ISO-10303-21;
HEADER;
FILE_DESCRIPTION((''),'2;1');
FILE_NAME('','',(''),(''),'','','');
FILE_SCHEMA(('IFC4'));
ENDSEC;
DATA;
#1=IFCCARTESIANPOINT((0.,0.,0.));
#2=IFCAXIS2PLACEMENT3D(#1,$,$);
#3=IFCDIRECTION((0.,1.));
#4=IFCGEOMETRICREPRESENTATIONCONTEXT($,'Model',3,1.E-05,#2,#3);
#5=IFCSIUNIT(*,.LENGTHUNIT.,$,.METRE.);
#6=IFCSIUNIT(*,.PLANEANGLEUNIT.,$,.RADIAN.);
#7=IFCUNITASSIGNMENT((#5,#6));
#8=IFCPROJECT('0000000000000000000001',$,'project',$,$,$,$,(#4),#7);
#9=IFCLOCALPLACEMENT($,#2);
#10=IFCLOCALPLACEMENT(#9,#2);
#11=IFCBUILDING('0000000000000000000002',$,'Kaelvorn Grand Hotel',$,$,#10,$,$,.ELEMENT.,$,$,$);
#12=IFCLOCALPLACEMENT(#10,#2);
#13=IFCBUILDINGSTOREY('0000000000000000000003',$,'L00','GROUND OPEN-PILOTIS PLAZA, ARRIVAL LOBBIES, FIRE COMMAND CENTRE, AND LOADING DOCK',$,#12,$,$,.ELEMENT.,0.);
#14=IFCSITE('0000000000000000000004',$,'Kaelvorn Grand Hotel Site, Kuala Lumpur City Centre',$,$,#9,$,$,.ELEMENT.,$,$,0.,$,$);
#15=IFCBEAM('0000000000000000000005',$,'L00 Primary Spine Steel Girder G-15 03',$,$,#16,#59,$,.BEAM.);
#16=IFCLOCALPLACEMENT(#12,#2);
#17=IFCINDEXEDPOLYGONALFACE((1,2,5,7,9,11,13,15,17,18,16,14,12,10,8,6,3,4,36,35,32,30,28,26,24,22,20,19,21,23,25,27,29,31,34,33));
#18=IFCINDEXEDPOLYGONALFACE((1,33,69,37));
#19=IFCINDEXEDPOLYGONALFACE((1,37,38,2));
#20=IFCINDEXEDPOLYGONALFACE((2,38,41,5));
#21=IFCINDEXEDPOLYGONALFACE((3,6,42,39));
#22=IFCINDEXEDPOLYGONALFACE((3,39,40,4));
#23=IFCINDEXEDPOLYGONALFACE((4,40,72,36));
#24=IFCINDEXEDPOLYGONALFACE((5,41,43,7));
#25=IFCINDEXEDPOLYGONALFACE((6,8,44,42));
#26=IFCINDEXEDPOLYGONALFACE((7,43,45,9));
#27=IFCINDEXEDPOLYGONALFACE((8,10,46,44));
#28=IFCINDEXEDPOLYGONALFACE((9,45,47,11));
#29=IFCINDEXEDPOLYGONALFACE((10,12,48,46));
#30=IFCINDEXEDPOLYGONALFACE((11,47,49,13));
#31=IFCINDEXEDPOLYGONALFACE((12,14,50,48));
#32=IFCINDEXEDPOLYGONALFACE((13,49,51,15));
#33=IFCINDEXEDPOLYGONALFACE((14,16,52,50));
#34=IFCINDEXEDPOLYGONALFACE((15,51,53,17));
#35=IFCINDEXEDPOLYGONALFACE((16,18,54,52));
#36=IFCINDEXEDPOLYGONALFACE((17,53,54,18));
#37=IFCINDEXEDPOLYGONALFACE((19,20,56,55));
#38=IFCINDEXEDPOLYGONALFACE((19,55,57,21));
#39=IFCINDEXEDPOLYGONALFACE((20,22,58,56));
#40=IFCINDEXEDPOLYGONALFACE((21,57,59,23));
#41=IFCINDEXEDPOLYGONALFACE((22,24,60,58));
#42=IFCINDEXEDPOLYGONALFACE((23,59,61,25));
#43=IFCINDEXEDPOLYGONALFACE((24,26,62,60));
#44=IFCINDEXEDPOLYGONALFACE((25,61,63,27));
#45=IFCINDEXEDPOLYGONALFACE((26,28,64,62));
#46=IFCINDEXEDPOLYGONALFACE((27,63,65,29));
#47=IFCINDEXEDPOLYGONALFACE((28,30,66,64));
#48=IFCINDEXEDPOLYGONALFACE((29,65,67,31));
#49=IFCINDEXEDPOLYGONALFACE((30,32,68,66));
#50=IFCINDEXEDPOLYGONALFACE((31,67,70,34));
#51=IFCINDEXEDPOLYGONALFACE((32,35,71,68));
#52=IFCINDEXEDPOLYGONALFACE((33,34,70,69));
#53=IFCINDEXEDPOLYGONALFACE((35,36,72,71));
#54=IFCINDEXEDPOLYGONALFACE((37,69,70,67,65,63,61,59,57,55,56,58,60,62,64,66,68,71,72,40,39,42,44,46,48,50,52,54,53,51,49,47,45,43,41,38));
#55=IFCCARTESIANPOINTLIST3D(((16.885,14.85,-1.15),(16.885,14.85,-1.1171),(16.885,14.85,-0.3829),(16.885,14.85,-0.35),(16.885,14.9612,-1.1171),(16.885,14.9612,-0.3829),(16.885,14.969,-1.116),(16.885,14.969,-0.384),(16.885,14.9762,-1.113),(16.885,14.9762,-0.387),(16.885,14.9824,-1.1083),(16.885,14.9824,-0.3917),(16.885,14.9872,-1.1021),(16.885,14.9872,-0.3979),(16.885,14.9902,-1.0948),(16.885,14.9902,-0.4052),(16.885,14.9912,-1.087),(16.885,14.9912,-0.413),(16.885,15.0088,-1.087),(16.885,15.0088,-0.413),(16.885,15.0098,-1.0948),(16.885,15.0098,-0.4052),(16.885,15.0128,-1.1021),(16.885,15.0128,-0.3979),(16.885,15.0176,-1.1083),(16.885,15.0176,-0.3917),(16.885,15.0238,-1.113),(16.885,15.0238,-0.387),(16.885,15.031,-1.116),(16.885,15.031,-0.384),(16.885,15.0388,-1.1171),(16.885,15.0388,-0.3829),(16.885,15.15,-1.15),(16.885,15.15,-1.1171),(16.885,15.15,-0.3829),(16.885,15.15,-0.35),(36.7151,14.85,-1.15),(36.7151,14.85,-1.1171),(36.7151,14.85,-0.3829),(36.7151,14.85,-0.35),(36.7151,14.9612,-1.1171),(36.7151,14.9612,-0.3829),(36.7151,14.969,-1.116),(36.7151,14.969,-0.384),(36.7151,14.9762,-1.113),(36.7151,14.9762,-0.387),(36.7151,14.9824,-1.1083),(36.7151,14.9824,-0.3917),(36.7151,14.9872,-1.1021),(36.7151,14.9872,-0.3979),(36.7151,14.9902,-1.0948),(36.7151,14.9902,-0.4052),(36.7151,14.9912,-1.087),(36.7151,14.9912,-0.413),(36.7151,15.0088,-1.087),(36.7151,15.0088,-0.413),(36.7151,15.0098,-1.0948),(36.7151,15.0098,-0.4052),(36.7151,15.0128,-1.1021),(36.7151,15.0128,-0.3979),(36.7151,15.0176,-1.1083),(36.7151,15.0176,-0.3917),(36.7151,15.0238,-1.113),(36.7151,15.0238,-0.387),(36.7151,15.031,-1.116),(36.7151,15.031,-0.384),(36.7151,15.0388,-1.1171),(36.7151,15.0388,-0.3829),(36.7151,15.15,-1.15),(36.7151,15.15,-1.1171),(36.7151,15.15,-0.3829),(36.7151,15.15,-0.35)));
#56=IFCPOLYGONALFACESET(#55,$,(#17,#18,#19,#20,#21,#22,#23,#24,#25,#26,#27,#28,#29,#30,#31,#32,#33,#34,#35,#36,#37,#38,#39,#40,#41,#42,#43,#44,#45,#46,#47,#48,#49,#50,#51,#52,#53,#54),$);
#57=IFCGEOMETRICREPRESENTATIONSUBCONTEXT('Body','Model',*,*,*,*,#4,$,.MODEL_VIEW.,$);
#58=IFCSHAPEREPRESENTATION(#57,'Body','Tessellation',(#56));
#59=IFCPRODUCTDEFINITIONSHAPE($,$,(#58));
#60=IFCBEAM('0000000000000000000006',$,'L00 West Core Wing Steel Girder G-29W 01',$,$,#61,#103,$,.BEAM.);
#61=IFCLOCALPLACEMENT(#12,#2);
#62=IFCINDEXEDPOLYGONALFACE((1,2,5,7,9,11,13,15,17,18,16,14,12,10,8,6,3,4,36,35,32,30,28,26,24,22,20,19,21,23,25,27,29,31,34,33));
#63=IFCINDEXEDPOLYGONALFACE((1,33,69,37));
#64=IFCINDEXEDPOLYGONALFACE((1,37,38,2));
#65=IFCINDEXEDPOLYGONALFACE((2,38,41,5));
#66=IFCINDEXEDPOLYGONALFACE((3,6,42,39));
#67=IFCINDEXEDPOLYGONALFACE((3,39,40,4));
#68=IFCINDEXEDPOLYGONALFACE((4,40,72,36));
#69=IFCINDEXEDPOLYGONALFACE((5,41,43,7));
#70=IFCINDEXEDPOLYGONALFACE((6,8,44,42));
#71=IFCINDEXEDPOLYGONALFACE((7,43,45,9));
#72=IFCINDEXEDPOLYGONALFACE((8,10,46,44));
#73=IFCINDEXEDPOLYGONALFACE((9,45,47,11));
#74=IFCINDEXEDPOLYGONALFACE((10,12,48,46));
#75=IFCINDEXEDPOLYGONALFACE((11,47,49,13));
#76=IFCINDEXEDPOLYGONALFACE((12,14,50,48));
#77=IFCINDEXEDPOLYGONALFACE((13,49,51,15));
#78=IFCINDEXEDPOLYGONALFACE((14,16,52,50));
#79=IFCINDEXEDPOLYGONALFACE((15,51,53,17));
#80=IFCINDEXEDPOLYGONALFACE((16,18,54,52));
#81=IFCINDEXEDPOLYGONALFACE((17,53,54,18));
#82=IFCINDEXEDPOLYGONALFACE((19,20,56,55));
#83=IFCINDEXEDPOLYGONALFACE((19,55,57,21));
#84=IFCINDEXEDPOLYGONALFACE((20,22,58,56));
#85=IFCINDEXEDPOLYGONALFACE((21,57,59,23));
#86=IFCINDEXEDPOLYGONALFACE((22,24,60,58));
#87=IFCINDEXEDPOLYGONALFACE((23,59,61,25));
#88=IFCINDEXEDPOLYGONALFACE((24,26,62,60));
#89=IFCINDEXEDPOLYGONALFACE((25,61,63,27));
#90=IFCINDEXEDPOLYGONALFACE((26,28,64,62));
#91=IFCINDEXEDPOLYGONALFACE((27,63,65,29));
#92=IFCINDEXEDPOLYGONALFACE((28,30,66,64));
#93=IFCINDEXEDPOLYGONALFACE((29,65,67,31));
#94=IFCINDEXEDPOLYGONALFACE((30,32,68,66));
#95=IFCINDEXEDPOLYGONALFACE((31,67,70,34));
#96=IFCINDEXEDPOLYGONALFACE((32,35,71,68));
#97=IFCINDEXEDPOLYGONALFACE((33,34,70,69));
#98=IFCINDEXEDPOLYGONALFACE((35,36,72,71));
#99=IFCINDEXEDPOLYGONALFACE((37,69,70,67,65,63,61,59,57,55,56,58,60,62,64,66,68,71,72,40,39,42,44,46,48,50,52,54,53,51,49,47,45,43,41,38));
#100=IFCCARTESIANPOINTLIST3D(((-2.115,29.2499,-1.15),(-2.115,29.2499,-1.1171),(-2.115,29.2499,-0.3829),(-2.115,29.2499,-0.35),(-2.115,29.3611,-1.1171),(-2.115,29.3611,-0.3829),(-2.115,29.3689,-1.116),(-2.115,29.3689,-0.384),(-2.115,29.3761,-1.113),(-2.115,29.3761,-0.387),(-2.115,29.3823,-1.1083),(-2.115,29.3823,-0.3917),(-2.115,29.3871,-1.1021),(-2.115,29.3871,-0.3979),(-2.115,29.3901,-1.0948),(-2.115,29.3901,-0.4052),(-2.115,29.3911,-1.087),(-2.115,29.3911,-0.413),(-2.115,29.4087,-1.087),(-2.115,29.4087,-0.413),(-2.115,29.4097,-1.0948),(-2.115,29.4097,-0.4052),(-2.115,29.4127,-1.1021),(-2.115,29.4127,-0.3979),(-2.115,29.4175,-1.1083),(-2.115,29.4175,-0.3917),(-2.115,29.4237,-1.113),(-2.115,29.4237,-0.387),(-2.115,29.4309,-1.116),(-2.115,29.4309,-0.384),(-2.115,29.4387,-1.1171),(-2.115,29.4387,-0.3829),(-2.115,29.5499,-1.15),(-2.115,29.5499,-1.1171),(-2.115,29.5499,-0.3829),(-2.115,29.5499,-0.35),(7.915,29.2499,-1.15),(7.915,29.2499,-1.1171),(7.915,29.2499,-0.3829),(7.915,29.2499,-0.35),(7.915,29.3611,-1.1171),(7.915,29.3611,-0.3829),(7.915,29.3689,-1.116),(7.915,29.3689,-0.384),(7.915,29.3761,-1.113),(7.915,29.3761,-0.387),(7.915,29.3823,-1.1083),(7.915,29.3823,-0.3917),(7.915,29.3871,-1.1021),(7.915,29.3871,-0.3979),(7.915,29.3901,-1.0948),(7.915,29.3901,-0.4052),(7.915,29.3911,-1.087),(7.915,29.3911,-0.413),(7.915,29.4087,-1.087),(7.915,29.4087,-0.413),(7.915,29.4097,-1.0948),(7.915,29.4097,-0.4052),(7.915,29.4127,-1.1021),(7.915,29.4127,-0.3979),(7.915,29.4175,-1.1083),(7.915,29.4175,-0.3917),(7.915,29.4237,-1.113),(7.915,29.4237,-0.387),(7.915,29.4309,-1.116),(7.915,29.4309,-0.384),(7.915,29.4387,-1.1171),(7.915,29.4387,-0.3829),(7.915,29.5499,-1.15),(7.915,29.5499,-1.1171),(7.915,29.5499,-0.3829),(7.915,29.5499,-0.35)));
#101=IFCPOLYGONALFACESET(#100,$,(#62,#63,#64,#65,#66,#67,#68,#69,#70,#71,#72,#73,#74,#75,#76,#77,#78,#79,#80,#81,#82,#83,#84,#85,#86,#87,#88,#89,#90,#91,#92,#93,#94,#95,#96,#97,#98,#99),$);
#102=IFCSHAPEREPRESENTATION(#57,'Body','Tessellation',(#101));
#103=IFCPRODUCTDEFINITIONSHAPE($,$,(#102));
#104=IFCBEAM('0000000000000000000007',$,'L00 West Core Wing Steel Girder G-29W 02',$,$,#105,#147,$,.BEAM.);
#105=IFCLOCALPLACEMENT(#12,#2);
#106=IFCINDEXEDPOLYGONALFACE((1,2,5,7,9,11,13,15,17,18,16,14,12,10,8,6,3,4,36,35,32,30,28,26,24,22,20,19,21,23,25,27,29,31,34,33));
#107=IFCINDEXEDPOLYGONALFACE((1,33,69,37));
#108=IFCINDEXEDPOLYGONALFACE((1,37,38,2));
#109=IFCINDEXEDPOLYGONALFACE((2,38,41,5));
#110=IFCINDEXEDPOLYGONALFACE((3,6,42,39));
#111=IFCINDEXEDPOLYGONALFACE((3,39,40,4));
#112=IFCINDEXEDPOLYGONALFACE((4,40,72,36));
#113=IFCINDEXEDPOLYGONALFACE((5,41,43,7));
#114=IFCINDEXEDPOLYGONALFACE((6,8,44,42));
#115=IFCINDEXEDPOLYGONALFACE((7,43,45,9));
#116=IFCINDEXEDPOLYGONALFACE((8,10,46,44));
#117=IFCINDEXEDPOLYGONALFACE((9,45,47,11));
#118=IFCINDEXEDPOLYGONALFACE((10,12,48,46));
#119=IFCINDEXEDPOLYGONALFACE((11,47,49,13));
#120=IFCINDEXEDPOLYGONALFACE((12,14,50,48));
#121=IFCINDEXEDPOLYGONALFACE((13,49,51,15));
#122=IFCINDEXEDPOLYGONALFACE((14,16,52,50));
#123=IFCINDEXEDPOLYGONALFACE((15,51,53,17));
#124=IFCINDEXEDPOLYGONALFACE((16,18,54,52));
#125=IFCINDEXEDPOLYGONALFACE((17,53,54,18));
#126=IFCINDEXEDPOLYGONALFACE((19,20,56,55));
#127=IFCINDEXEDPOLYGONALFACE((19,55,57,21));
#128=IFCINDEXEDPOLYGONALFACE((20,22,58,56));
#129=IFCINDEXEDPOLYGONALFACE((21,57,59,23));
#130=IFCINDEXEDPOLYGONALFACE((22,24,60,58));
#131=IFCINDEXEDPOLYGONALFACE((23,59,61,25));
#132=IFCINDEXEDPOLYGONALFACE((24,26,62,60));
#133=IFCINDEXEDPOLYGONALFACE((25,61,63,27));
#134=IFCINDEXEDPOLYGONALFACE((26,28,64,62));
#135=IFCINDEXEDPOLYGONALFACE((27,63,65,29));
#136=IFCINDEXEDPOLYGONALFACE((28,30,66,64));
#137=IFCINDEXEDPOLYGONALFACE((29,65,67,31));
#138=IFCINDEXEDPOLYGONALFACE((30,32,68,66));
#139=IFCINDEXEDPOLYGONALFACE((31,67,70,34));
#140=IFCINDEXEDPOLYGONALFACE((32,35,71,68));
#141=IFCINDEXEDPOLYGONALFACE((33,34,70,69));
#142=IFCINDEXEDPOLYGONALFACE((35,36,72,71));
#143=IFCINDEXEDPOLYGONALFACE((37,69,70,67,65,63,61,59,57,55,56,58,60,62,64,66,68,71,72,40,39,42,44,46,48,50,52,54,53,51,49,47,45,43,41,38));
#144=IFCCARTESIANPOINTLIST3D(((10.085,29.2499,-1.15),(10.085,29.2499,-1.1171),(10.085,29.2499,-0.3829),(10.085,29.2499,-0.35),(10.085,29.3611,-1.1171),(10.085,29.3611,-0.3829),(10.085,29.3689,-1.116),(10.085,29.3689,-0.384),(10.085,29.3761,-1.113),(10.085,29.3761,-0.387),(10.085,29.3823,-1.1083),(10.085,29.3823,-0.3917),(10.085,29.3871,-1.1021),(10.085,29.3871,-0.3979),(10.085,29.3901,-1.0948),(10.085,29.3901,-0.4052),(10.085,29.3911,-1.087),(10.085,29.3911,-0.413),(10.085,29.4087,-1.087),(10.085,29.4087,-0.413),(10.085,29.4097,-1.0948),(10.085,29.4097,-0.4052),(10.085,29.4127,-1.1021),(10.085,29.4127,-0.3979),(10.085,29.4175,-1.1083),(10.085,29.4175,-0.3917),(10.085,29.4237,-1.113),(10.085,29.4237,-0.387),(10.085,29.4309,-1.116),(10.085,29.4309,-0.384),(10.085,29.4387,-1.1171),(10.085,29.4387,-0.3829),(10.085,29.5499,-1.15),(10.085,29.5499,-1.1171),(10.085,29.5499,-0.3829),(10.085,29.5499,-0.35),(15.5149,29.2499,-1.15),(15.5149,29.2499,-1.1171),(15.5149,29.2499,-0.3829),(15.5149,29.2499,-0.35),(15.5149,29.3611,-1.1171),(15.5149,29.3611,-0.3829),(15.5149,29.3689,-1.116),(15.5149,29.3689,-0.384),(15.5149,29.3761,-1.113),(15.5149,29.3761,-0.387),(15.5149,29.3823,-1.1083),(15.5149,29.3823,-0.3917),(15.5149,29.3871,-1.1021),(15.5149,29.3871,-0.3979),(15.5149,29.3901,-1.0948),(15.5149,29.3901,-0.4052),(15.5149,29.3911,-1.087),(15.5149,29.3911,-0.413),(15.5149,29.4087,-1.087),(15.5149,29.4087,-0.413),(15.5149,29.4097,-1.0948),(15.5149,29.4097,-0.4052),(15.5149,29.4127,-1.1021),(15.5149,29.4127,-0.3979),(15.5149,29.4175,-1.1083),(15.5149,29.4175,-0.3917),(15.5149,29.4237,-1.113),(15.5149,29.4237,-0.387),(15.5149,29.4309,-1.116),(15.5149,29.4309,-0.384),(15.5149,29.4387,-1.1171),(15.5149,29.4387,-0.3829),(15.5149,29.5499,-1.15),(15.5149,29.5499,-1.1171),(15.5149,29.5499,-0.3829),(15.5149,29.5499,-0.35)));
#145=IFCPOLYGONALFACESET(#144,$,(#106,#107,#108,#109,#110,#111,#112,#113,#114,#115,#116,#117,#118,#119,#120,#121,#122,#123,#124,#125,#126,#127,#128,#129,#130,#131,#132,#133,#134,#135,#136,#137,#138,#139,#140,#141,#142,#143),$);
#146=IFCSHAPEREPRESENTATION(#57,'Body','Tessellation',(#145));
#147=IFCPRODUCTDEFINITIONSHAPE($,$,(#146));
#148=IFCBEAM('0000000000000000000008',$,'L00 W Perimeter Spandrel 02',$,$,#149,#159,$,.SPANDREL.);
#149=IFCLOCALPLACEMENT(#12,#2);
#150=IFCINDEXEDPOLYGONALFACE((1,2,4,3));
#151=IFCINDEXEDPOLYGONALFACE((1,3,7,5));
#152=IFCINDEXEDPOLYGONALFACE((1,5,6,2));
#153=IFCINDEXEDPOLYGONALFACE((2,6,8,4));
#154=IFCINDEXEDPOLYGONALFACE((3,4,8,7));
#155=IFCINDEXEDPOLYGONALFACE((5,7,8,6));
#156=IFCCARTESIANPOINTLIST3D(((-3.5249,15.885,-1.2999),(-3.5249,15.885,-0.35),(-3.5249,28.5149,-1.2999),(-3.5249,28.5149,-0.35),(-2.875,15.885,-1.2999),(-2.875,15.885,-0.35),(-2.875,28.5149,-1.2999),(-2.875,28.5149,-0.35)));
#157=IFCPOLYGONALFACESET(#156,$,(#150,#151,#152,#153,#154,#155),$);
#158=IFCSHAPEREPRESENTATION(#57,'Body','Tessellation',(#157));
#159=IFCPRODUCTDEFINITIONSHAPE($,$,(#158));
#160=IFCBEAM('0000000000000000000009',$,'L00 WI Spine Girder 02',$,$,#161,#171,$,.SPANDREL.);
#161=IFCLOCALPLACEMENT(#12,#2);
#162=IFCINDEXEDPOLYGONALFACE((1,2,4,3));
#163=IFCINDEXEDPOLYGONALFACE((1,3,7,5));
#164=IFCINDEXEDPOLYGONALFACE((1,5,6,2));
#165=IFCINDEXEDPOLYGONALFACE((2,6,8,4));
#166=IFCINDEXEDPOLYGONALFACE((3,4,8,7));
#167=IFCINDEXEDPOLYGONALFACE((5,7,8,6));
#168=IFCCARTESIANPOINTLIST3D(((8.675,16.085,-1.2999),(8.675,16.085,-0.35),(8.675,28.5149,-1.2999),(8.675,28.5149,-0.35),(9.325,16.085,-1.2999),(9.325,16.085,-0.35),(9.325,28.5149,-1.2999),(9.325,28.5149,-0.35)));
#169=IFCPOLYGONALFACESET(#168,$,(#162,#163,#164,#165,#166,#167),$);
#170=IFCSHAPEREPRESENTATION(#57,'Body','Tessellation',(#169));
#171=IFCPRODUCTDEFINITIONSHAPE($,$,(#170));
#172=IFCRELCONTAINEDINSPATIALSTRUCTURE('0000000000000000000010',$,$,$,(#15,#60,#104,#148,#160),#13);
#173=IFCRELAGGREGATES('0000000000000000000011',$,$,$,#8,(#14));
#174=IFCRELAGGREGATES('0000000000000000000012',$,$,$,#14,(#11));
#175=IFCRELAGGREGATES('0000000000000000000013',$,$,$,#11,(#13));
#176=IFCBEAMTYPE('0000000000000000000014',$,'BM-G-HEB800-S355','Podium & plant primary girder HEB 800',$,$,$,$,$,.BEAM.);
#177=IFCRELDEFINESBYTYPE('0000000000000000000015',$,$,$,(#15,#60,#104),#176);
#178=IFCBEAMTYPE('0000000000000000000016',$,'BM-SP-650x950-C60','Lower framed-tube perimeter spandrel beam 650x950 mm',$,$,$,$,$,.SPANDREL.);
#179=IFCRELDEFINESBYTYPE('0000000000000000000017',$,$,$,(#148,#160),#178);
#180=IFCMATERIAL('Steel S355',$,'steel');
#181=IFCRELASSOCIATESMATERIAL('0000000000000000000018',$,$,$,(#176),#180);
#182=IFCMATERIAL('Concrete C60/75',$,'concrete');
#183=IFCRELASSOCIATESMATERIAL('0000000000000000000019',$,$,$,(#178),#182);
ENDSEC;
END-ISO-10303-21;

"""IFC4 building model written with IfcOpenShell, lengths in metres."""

from ifc_helpers import new_model, si_unit, direction, frame, origin, origin_2d, place, context, subcontext, project, spatial, rectangle, i_section, extrude, material, material_profile, profile_set, type_object, element, save


model = new_model("IFC4")

# Units and contexts
model_context = context("Model", 3, precision=1e-05, world=origin(), true_north=direction((0.0, 1.0)))
body_context = subcontext(model_context, "Body", "Model", "MODEL_VIEW")
ifc_project = project(units=[si_unit("LENGTHUNIT", "METRE"), si_unit("PLANEANGLEUNIT", "RADIAN")], contexts=[model_context])

# Site, building, storey
site_placement = place(None, origin())
site = spatial("IfcSite", under=ifc_project, at=site_placement, Name="Kaelvorn Grand Hotel Site, Kuala Lumpur City Centre", CompositionType="ELEMENT", RefElevation=0.0)
building_placement = place(site_placement, origin())
building = spatial("IfcBuilding", under=site, at=building_placement, Name="Kaelvorn Grand Hotel", CompositionType="ELEMENT")
storey_placement = place(building_placement, origin())
storey = spatial("IfcBuildingStorey", under=building, at=storey_placement, Name="L00", Description="GROUND OPEN-PILOTIS PLAZA, ARRIVAL LOBBIES, FIRE COMMAND CENTRE, AND LOADING DOCK", CompositionType="ELEMENT", Elevation=0.0)

# Beams
ifc_material_1 = material(Name="Steel S355", Category="steel")
ifc_material_profile_1 = material_profile(ifc_material_1, i_section(OverallWidth=0.3, OverallDepth=0.8, WebThickness=0.0176, FlangeThickness=0.033, FilletRadius=0.03, at=origin_2d()), Name="HEB 800")
ifc_profile_set_1 = profile_set([ifc_material_profile_1], Name="Steel S355")
beam_type_1 = type_object("IfcBeamType", Name="BM-G-HEB800-S355", Description="Podium & plant primary girder HEB 800", PredefinedType="BEAM", material=ifc_profile_set_1)
beam_1_placement = place(storey_placement, frame((16.885, 15.0, -0.75), z_axis=(1.0, 0.0, 0.0), x_axis=(0.0, 1.0, 0.0)))
element("IfcBeam", 1, at=beam_1_placement, inside=storey, type_object=beam_type_1, Name="L00 Primary Spine Steel Girder G-15 03", PredefinedType="BEAM", context=body_context, shape_type="SweptSolid", body=[
    extrude(i_section(OverallWidth=0.3, OverallDepth=0.8, WebThickness=0.0176, FlangeThickness=0.033, FilletRadius=0.03, at=origin_2d()), origin(), (0.0, 0.0, 1.0), 19.8301),
])
beam_2_placement = place(storey_placement, frame((-2.115, 29.3999, -0.75), z_axis=(1.0, 0.0, 0.0), x_axis=(0.0, 1.0, 0.0)))
element("IfcBeam", 2, at=beam_2_placement, inside=storey, type_object=beam_type_1, Name="L00 West Core Wing Steel Girder G-29W 01", PredefinedType="BEAM", context=body_context, shape_type="SweptSolid", body=[
    extrude(i_section(OverallWidth=0.3, OverallDepth=0.8, WebThickness=0.0176, FlangeThickness=0.033, FilletRadius=0.03, at=origin_2d()), origin(), (0.0, 0.0, 1.0), 10.03),
])
beam_3_placement = place(storey_placement, frame((10.085, 29.3999, -0.75), z_axis=(1.0, 0.0, 0.0), x_axis=(0.0, 1.0, 0.0)))
element("IfcBeam", 3, at=beam_3_placement, inside=storey, type_object=beam_type_1, Name="L00 West Core Wing Steel Girder G-29W 02", PredefinedType="BEAM", context=body_context, shape_type="SweptSolid", body=[
    extrude(i_section(OverallWidth=0.3, OverallDepth=0.8, WebThickness=0.0176, FlangeThickness=0.033, FilletRadius=0.03, at=origin_2d()), origin(), (0.0, 0.0, 1.0), 5.4299),
])
ifc_material_2 = material(Name="Concrete C60/75", Category="concrete")
ifc_material_profile_2 = material_profile(ifc_material_2, rectangle(XDim=0.6499, YDim=0.95, at=origin_2d()), Name="RC SPANDREL 650x950")
ifc_profile_set_2 = profile_set([ifc_material_profile_2], Name="Concrete C60/75")
beam_type_2 = type_object("IfcBeamType", Name="BM-SP-650x950-C60", Description="Lower framed-tube perimeter spandrel beam 650x950 mm", PredefinedType="SPANDREL", material=ifc_profile_set_2)
beam_4_placement = place(storey_placement, frame((-3.2, 15.885, -0.825), z_axis=(0.0, 1.0, 0.0), x_axis=(-1.0, 0.0, 0.0)))
element("IfcBeam", 4, at=beam_4_placement, inside=storey, type_object=beam_type_2, Name="L00 W Perimeter Spandrel 02", PredefinedType="SPANDREL", context=body_context, shape_type="SweptSolid", body=[
    extrude(rectangle(XDim=0.6499, YDim=0.95, at=origin_2d()), origin(), (0.0, 0.0, 1.0), 12.6299),
])
beam_5_placement = place(storey_placement, frame((9.0, 16.085, -0.825), z_axis=(0.0, 1.0, 0.0), x_axis=(-1.0, 0.0, 0.0)))
element("IfcBeam", 5, at=beam_5_placement, inside=storey, type_object=beam_type_2, Name="L00 WI Spine Girder 02", PredefinedType="SPANDREL", context=body_context, shape_type="SweptSolid", body=[
    extrude(rectangle(XDim=0.6499, YDim=0.95, at=origin_2d()), origin(), (0.0, 0.0, 1.0), 12.4299),
])

save(model, "model.ifc")
